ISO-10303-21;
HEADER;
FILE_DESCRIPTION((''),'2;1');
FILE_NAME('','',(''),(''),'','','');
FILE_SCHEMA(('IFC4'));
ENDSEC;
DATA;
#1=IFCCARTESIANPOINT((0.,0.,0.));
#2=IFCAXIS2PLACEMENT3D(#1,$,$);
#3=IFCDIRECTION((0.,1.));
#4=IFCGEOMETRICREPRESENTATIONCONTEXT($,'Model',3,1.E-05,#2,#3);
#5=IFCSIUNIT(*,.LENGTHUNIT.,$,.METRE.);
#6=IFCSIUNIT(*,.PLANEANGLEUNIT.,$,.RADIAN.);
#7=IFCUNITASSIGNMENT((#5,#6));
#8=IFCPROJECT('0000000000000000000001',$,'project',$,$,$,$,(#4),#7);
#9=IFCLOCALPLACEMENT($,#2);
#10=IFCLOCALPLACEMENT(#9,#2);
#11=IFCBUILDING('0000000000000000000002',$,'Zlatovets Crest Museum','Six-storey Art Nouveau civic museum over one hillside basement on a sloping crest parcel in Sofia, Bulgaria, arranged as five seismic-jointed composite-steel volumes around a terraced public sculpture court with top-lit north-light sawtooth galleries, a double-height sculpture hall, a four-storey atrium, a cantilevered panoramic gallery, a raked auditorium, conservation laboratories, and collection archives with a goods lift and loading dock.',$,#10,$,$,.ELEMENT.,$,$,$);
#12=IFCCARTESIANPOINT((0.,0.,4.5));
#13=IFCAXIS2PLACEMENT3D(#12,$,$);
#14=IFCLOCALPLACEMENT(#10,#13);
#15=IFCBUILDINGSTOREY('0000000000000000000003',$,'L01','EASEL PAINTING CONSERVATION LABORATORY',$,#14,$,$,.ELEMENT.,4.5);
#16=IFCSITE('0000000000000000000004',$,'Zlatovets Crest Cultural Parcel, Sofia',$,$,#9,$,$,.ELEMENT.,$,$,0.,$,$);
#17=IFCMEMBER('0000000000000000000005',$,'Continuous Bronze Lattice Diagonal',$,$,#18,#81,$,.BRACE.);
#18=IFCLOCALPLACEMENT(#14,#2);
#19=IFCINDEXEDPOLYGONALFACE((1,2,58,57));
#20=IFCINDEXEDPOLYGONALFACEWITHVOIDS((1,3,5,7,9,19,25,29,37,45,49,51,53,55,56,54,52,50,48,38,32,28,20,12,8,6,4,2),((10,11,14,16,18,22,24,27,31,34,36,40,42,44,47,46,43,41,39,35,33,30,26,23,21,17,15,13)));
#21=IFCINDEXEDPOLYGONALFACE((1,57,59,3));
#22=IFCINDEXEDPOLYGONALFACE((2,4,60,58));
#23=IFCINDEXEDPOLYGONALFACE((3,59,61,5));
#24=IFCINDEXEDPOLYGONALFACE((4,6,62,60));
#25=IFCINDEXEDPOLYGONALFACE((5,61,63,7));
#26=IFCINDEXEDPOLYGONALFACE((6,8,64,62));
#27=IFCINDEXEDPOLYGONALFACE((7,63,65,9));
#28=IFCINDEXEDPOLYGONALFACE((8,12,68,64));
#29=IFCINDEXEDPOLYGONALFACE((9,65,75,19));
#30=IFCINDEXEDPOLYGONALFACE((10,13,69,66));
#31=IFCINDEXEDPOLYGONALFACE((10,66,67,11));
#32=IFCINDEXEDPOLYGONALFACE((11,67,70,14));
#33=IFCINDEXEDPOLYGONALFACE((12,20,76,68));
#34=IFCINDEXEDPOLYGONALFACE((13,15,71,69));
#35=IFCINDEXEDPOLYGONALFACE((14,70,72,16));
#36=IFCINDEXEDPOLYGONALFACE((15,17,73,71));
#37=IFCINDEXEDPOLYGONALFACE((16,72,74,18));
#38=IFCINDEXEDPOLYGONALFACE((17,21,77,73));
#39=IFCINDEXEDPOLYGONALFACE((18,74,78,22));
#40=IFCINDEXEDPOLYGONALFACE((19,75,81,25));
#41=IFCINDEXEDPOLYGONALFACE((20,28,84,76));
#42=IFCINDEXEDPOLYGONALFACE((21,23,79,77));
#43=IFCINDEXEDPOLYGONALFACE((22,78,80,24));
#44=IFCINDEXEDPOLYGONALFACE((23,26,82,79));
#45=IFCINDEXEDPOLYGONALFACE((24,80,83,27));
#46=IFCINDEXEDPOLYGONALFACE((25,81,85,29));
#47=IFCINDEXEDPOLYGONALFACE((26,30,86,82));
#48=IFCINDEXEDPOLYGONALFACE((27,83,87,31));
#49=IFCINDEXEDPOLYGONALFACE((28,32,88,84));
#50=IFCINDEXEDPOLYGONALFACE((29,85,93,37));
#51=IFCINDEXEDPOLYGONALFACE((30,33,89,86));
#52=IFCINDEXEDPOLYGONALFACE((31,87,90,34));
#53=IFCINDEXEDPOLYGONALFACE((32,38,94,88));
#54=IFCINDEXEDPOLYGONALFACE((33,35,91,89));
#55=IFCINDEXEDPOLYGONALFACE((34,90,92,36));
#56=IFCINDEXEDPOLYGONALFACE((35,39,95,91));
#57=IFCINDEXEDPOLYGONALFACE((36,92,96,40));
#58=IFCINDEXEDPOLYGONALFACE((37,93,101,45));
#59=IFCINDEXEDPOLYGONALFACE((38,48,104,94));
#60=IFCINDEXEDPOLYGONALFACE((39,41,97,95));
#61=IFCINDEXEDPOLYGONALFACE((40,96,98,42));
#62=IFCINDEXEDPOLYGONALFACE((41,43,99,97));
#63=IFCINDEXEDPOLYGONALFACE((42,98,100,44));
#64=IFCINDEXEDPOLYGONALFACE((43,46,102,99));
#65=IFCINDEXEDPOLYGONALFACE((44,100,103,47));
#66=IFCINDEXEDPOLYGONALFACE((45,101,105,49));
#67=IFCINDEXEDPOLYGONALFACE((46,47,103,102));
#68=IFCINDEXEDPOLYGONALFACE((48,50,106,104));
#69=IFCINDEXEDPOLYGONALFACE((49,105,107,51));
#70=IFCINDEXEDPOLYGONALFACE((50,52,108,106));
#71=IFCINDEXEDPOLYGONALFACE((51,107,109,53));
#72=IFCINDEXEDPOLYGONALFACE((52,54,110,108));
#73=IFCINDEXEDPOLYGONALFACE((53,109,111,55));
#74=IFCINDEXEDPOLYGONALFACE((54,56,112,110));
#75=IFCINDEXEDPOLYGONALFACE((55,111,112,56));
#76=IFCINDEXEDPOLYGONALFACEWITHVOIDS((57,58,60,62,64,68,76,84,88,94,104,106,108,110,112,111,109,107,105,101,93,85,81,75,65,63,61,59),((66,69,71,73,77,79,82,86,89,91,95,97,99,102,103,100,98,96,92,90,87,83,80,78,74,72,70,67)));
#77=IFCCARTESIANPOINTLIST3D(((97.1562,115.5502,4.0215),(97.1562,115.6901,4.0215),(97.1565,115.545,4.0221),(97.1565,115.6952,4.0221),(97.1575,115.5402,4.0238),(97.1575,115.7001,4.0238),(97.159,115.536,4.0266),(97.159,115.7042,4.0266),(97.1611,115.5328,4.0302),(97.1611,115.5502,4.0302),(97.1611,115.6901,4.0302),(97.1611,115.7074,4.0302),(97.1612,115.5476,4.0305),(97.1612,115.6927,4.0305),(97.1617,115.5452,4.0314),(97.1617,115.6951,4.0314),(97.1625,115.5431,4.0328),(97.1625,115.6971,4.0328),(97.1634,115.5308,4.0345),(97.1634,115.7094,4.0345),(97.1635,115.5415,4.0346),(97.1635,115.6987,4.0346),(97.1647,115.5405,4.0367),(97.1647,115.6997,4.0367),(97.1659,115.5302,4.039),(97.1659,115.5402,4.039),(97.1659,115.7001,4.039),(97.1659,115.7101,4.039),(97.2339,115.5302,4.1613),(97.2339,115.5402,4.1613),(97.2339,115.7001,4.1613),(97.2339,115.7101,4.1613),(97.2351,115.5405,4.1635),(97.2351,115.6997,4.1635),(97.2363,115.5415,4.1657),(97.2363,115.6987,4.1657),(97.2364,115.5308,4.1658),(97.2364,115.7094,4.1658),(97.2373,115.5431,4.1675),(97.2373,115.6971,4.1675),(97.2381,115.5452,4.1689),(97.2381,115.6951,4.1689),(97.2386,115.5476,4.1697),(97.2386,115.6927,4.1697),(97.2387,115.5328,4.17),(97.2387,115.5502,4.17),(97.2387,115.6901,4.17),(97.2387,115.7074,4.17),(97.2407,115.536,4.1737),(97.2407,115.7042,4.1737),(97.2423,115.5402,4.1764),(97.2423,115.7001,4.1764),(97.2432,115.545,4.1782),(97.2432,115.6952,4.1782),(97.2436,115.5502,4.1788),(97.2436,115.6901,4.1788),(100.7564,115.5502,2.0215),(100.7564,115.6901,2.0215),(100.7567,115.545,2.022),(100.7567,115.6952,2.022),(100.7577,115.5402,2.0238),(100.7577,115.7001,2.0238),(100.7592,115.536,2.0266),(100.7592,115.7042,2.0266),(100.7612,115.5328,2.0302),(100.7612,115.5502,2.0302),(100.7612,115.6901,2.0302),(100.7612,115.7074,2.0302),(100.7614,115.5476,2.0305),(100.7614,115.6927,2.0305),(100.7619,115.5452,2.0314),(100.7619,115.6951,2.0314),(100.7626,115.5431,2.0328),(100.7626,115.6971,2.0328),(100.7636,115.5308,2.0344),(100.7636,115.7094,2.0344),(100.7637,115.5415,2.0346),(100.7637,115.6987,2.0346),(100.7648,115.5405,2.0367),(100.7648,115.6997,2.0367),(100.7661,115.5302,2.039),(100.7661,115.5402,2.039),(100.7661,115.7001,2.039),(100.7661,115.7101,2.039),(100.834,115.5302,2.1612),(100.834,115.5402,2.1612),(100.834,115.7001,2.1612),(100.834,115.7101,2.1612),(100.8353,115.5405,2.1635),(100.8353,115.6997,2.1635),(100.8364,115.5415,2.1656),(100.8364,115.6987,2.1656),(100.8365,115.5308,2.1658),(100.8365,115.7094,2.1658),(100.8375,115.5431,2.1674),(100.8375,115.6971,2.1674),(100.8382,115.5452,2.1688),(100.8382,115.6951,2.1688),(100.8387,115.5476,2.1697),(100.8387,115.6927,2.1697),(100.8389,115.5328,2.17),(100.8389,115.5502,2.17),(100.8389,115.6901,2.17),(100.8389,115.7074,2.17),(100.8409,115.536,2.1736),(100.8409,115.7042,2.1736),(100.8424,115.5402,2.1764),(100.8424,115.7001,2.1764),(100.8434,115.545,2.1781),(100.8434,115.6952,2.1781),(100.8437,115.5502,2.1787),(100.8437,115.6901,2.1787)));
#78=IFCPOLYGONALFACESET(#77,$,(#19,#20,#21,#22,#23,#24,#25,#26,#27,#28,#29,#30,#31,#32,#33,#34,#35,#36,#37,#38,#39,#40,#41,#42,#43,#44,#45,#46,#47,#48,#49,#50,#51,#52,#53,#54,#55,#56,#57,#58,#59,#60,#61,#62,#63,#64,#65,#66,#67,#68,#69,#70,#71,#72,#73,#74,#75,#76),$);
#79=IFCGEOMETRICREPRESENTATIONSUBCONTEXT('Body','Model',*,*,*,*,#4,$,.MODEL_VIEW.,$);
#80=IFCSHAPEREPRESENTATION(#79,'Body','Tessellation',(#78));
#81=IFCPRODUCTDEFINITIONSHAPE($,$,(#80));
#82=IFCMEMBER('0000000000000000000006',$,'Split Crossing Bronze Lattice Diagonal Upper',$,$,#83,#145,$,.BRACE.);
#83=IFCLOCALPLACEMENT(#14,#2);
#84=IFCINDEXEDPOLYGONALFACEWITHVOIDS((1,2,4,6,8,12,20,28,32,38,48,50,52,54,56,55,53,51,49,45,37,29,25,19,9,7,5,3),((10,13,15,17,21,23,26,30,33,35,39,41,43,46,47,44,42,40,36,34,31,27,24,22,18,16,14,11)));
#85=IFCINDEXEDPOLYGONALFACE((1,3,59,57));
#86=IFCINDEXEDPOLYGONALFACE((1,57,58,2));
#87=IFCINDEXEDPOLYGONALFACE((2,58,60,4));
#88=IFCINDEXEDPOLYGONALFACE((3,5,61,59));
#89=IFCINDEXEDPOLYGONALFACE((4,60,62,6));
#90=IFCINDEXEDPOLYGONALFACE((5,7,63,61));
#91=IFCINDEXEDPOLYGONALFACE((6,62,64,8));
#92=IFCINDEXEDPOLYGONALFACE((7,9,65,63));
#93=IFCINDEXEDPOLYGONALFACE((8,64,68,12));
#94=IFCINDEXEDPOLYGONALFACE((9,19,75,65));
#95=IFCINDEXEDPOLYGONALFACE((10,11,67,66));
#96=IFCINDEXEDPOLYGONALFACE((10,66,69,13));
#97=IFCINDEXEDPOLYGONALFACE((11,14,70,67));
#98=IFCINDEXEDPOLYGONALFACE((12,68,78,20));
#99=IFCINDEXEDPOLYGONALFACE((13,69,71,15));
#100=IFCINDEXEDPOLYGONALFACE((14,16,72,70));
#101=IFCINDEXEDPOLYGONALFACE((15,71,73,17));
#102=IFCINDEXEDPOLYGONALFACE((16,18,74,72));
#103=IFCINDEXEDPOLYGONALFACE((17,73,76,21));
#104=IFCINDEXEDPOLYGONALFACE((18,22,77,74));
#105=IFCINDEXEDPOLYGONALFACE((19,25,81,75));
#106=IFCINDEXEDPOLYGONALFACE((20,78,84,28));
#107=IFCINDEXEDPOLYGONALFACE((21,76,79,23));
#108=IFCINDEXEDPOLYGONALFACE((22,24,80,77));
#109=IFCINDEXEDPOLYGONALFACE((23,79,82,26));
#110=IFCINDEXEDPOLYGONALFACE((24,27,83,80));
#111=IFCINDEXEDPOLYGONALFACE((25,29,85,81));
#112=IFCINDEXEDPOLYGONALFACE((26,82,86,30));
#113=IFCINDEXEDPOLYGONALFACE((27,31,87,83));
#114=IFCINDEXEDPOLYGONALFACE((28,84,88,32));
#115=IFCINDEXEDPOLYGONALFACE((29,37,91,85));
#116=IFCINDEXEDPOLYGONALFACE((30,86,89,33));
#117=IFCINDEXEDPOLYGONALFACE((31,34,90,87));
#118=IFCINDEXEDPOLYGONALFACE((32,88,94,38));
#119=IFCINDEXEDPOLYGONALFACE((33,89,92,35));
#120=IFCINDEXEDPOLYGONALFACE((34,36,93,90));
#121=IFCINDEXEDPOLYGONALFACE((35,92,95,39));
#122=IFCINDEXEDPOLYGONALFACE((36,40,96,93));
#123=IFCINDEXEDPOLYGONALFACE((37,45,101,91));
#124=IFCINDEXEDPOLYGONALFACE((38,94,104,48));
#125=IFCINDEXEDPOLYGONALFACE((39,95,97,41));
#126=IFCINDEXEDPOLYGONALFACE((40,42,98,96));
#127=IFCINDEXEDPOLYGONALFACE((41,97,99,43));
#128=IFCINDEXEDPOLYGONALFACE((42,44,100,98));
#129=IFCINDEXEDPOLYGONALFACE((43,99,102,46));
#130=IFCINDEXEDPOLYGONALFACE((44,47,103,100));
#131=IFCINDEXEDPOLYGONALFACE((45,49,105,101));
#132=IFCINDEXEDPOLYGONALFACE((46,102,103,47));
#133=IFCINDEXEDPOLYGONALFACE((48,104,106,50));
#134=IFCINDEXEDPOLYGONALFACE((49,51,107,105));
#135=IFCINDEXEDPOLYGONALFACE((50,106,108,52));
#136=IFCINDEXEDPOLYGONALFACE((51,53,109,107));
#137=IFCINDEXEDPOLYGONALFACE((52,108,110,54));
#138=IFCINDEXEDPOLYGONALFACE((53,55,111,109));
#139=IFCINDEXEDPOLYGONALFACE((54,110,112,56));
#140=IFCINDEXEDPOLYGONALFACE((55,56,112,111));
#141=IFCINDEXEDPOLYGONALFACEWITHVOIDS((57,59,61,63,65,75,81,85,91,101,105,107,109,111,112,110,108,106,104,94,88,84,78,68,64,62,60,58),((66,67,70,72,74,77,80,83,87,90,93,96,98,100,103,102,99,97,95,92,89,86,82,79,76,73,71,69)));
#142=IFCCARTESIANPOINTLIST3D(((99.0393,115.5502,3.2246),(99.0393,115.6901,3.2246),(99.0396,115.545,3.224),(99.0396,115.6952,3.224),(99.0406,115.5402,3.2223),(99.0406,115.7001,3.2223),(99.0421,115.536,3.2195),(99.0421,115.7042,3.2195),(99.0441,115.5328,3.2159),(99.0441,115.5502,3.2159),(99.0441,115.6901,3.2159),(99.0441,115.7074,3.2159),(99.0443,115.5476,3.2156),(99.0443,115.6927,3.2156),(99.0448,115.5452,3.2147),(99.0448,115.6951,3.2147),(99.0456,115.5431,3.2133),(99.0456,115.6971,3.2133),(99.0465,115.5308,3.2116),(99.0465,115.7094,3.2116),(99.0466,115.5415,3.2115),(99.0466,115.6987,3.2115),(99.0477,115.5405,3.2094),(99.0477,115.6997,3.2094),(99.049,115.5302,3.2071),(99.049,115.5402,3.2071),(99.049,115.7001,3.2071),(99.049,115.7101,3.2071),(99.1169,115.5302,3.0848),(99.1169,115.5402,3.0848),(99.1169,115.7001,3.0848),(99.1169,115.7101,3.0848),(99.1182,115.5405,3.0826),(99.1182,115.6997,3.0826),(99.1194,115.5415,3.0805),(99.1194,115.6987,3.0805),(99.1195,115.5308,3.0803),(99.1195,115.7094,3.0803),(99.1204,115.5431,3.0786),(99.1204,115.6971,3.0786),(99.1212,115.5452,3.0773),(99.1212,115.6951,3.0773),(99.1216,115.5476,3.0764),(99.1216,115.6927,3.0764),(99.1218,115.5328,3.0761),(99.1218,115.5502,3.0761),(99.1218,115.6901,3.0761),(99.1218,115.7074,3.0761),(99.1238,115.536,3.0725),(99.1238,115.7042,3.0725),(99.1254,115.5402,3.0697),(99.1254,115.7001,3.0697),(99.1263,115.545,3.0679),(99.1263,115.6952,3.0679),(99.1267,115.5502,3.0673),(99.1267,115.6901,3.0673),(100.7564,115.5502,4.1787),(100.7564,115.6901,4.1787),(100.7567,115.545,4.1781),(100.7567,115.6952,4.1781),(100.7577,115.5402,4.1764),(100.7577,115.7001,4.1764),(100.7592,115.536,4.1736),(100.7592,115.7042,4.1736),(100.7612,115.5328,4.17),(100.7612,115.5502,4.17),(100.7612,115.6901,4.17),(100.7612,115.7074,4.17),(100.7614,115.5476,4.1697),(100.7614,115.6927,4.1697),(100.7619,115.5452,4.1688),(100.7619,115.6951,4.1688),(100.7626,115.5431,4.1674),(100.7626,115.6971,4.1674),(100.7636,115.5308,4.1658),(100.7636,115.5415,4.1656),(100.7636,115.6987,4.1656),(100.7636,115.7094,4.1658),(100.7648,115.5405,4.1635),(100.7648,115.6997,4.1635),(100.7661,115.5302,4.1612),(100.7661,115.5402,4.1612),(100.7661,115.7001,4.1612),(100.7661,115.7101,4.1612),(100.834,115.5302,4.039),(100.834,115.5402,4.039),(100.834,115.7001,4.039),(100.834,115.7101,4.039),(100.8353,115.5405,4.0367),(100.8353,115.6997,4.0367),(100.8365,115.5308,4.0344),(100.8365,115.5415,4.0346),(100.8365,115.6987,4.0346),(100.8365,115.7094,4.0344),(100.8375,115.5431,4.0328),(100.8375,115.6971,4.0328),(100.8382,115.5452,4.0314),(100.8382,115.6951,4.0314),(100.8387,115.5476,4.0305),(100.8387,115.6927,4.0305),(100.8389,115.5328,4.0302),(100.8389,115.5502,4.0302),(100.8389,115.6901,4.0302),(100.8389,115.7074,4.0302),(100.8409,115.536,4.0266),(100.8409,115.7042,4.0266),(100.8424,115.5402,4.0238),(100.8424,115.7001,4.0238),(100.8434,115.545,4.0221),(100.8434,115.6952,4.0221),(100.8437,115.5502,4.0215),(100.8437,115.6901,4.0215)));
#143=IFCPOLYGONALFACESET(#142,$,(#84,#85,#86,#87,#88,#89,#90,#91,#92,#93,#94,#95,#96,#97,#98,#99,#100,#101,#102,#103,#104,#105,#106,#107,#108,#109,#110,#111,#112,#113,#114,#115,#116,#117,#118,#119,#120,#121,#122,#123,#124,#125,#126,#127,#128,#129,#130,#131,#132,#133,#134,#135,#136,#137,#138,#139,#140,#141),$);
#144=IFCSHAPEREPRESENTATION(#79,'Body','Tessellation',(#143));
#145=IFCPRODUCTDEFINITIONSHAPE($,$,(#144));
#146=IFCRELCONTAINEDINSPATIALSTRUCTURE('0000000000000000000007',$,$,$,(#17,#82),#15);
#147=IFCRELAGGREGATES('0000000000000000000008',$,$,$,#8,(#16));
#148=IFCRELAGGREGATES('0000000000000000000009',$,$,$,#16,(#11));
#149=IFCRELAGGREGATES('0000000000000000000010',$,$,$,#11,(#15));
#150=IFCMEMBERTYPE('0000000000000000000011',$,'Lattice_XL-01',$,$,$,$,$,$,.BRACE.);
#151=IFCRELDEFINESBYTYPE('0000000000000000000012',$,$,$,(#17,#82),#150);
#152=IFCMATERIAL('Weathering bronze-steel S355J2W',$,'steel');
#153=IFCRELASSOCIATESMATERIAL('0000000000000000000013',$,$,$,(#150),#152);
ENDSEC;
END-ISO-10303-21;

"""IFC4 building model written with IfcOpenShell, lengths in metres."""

from ifc_helpers import new_model, si_unit, direction, frame, origin, origin_2d, place, context, subcontext, project, spatial, hollow_rectangle, extrude, material, material_profile, profile_set, type_object, element, save


model = new_model("IFC4")

# Units and contexts
model_context = context("Model", 3, precision=1e-05, world=origin(), true_north=direction((0.0, 1.0)))
body_context = subcontext(model_context, "Body", "Model", "MODEL_VIEW")
ifc_project = project(units=[si_unit("LENGTHUNIT", "METRE"), si_unit("PLANEANGLEUNIT", "RADIAN")], contexts=[model_context])

# Site, building, storey
site_placement = place(None, origin())
site = spatial("IfcSite", under=ifc_project, at=site_placement, Name="Zlatovets Crest Cultural Parcel, Sofia", CompositionType="ELEMENT", RefElevation=0.0)
building_placement = place(site_placement, origin())
building = spatial("IfcBuilding", under=site, at=building_placement, Name="Zlatovets Crest Museum", Description="Six-storey Art Nouveau civic museum over one hillside basement on a sloping crest parcel in Sofia, Bulgaria, arranged as five seismic-jointed composite-steel volumes around a terraced public sculpture court with top-lit north-light sawtooth galleries, a double-height sculpture hall, a four-storey atrium, a cantilevered panoramic gallery, a raked auditorium, conservation laboratories, and collection archives with a goods lift and loading dock.", CompositionType="ELEMENT")
storey_placement = place(building_placement, frame((0.0, 0.0, 4.5)))
storey = spatial("IfcBuildingStorey", under=building, at=storey_placement, Name="L01", Description="EASEL PAINTING CONSERVATION LABORATORY", CompositionType="ELEMENT", Elevation=4.5)

# Members
ifc_material_1 = material(Name="Weathering bronze-steel S355J2W", Category="steel")
ifc_material_profile_1 = material_profile(ifc_material_1, hollow_rectangle(XDim=0.1799, YDim=0.1799, WallThickness=0.01, InnerFilletRadius=0.01, OuterFilletRadius=0.02, at=origin_2d()), Name="SHS 180x180x10.0")
ifc_profile_set_1 = profile_set([ifc_material_profile_1], Name="Weathering bronze-steel S355J2W")
member_type_1 = type_object("IfcMemberType", Name="Lattice_XL-01", PredefinedType="BRACE", material=ifc_profile_set_1)
member_1_placement = place(storey_placement, frame((100.8, 115.6201, 2.1001), z_axis=(-0.874163, 0.0, 0.485633), x_axis=(0.0, -1.0, 0.0)))
element("IfcMember", 1, at=member_1_placement, inside=storey, type_object=member_type_1, Name="Continuous Bronze Lattice Diagonal", PredefinedType="BRACE", context=body_context, shape_type="SweptSolid", body=[
    extrude(hollow_rectangle(XDim=0.1799, YDim=0.1799, WallThickness=0.01, InnerFilletRadius=0.01, OuterFilletRadius=0.02, at=origin_2d()), origin(), (0.0, 0.0, 1.0), 4.1184),
])
member_2_placement = place(storey_placement, frame((100.8, 115.6201, 4.1001), z_axis=(-0.874116, 0.0, -0.485717), x_axis=(0.0, -1.0, 0.0)))
element("IfcMember", 2, at=member_2_placement, inside=storey, type_object=member_type_1, Name="Split Crossing Bronze Lattice Diagonal Upper", PredefinedType="BRACE", context=body_context, shape_type="SweptSolid", body=[
    extrude(hollow_rectangle(XDim=0.1799, YDim=0.1799, WallThickness=0.01, InnerFilletRadius=0.01, OuterFilletRadius=0.02, at=origin_2d()), origin(), (0.0, 0.0, 1.0), 1.9644),
])

save(model, "model.ifc")
